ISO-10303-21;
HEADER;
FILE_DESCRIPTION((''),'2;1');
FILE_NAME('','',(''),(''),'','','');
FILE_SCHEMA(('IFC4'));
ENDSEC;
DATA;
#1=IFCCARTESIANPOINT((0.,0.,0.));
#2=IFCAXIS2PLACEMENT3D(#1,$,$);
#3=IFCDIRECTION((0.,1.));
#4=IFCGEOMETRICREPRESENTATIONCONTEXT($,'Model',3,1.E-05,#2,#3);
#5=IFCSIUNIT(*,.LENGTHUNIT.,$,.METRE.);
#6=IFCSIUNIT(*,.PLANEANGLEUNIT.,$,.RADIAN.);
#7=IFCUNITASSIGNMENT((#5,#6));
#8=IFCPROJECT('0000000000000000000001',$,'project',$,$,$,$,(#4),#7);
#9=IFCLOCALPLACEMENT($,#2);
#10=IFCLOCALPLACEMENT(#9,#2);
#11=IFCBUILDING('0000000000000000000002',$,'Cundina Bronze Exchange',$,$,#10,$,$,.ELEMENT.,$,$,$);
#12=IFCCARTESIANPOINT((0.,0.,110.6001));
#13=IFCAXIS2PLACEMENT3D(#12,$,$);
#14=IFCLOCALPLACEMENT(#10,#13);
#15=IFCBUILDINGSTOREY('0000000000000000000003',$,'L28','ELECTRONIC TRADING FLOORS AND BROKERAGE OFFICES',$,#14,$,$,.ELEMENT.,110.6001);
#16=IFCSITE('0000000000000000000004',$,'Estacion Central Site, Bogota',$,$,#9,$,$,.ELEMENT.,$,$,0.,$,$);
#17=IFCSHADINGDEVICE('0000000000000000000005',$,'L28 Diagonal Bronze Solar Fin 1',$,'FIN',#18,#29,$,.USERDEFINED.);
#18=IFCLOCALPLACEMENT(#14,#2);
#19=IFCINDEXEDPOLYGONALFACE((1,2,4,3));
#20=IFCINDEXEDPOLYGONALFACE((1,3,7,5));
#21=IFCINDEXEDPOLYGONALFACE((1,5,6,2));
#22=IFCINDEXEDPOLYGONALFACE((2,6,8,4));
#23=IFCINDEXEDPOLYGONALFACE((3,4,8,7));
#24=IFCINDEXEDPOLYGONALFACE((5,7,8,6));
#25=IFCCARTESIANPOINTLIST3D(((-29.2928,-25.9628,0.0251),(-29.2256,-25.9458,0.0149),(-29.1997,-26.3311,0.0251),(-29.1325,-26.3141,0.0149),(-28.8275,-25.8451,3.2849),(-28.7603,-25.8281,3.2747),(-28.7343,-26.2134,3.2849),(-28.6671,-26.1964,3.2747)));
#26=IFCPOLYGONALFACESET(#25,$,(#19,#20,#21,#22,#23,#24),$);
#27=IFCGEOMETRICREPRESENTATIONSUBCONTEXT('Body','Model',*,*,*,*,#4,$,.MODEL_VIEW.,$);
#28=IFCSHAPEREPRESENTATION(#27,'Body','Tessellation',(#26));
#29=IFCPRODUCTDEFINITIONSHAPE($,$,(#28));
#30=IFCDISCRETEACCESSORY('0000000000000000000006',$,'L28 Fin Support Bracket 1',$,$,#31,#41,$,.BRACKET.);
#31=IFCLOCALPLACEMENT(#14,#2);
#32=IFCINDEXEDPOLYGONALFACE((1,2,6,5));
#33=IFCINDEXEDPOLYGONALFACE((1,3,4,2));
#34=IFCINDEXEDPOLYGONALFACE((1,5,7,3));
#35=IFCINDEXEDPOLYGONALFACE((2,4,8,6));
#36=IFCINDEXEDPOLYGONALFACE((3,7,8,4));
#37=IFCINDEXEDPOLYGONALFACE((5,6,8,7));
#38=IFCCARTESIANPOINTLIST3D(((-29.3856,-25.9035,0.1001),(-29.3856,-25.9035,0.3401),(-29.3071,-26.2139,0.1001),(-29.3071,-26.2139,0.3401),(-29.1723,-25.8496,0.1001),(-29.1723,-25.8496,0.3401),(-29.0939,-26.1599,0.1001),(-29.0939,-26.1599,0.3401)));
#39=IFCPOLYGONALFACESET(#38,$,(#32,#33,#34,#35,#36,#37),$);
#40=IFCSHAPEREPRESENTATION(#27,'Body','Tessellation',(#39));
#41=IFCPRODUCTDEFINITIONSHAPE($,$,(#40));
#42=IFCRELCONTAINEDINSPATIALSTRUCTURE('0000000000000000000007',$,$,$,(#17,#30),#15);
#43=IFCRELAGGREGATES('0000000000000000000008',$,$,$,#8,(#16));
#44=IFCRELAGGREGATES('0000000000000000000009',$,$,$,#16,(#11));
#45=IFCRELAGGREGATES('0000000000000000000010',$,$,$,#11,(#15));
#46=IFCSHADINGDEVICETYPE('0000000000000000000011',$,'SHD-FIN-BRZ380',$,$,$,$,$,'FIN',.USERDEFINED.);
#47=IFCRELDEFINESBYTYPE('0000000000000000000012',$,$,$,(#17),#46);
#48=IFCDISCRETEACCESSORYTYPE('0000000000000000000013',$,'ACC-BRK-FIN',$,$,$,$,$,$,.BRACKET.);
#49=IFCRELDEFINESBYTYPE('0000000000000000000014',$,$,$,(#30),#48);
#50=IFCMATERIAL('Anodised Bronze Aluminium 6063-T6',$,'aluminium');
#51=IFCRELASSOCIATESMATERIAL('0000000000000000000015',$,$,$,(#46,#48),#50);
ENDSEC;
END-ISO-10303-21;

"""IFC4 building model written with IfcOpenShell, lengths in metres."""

from ifc_helpers import new_model, si_unit, direction, frame, origin, origin_2d, place, context, subcontext, project, spatial, rectangle, extrude, material, material_profile, profile_set, type_object, element, save


model = new_model("IFC4")

# Units and contexts
model_context = context("Model", 3, precision=1e-05, world=origin(), true_north=direction((0.0, 1.0)))
body_context = subcontext(model_context, "Body", "Model", "MODEL_VIEW")
ifc_project = project(units=[si_unit("LENGTHUNIT", "METRE"), si_unit("PLANEANGLEUNIT", "RADIAN")], contexts=[model_context])

# Site, building, storey
site_placement = place(None, origin())
site = spatial("IfcSite", under=ifc_project, at=site_placement, Name="Estacion Central Site, Bogota", CompositionType="ELEMENT", RefElevation=0.0)
building_placement = place(site_placement, origin())
building = spatial("IfcBuilding", under=site, at=building_placement, Name="Cundina Bronze Exchange", CompositionType="ELEMENT")
storey_placement = place(building_placement, frame((0.0, 0.0, 110.6001)))
storey = spatial("IfcBuildingStorey", under=building, at=storey_placement, Name="L28", Description="ELECTRONIC TRADING FLOORS AND BROKERAGE OFFICES", CompositionType="ELEMENT", Elevation=110.6001)

# Shared definitions
ifc_material_1 = material(Name="Anodised Bronze Aluminium 6063-T6", Category="aluminium")

# Shading device
ifc_material_profile_1 = material_profile(ifc_material_1, rectangle(XDim=0.0701, YDim=0.3799, at=origin_2d()), Name="FIN70X380", Category="aluminium")
ifc_profile_set_1 = profile_set([ifc_material_profile_1], Name="Anodised Bronze Aluminium 6063-T6")
shading_device_type = type_object("IfcShadingDeviceType", Name="SHD-FIN-BRZ380", ElementType="FIN", PredefinedType="USERDEFINED", material=ifc_profile_set_1)
shading_device_placement = place(storey_placement, frame((-29.2126, -26.1384, 0.02), z_axis=(0.141227, 0.035714, 0.989333), x_axis=(-0.959139, -0.242552, 0.145673)))
element("IfcShadingDevice", 1, at=shading_device_placement, inside=storey, type_object=shading_device_type, Name="L28 Diagonal Bronze Solar Fin 1", ObjectType="FIN", PredefinedType="USERDEFINED", context=body_context, shape_type="SweptSolid", body=[
    extrude(rectangle(XDim=0.0701, YDim=0.3799, at=origin_2d()), origin(), (0.0, 0.0, 1.0), 3.2949),
])

# Discrete accessory
discrete_accessory_type = type_object("IfcDiscreteAccessoryType", Name="ACC-BRK-FIN", PredefinedType="BRACKET", material=ifc_material_1)
discrete_accessory_placement = place(storey_placement, frame((-29.2397, -26.0317, 0.1001), z_axis=(0.0, 0.0, 1.0), x_axis=(0.969488, 0.245138, 0.0)))
element("IfcDiscreteAccessory", 2, at=discrete_accessory_placement, inside=storey, type_object=discrete_accessory_type, Name="L28 Fin Support Bracket 1", PredefinedType="BRACKET", context=body_context, shape_type="SweptSolid", body=[
    extrude(rectangle(XDim=0.22, YDim=0.3201, at=origin_2d()), origin(), (0.0, 0.0, 1.0), 0.24),
])

save(model, "model.ifc")
